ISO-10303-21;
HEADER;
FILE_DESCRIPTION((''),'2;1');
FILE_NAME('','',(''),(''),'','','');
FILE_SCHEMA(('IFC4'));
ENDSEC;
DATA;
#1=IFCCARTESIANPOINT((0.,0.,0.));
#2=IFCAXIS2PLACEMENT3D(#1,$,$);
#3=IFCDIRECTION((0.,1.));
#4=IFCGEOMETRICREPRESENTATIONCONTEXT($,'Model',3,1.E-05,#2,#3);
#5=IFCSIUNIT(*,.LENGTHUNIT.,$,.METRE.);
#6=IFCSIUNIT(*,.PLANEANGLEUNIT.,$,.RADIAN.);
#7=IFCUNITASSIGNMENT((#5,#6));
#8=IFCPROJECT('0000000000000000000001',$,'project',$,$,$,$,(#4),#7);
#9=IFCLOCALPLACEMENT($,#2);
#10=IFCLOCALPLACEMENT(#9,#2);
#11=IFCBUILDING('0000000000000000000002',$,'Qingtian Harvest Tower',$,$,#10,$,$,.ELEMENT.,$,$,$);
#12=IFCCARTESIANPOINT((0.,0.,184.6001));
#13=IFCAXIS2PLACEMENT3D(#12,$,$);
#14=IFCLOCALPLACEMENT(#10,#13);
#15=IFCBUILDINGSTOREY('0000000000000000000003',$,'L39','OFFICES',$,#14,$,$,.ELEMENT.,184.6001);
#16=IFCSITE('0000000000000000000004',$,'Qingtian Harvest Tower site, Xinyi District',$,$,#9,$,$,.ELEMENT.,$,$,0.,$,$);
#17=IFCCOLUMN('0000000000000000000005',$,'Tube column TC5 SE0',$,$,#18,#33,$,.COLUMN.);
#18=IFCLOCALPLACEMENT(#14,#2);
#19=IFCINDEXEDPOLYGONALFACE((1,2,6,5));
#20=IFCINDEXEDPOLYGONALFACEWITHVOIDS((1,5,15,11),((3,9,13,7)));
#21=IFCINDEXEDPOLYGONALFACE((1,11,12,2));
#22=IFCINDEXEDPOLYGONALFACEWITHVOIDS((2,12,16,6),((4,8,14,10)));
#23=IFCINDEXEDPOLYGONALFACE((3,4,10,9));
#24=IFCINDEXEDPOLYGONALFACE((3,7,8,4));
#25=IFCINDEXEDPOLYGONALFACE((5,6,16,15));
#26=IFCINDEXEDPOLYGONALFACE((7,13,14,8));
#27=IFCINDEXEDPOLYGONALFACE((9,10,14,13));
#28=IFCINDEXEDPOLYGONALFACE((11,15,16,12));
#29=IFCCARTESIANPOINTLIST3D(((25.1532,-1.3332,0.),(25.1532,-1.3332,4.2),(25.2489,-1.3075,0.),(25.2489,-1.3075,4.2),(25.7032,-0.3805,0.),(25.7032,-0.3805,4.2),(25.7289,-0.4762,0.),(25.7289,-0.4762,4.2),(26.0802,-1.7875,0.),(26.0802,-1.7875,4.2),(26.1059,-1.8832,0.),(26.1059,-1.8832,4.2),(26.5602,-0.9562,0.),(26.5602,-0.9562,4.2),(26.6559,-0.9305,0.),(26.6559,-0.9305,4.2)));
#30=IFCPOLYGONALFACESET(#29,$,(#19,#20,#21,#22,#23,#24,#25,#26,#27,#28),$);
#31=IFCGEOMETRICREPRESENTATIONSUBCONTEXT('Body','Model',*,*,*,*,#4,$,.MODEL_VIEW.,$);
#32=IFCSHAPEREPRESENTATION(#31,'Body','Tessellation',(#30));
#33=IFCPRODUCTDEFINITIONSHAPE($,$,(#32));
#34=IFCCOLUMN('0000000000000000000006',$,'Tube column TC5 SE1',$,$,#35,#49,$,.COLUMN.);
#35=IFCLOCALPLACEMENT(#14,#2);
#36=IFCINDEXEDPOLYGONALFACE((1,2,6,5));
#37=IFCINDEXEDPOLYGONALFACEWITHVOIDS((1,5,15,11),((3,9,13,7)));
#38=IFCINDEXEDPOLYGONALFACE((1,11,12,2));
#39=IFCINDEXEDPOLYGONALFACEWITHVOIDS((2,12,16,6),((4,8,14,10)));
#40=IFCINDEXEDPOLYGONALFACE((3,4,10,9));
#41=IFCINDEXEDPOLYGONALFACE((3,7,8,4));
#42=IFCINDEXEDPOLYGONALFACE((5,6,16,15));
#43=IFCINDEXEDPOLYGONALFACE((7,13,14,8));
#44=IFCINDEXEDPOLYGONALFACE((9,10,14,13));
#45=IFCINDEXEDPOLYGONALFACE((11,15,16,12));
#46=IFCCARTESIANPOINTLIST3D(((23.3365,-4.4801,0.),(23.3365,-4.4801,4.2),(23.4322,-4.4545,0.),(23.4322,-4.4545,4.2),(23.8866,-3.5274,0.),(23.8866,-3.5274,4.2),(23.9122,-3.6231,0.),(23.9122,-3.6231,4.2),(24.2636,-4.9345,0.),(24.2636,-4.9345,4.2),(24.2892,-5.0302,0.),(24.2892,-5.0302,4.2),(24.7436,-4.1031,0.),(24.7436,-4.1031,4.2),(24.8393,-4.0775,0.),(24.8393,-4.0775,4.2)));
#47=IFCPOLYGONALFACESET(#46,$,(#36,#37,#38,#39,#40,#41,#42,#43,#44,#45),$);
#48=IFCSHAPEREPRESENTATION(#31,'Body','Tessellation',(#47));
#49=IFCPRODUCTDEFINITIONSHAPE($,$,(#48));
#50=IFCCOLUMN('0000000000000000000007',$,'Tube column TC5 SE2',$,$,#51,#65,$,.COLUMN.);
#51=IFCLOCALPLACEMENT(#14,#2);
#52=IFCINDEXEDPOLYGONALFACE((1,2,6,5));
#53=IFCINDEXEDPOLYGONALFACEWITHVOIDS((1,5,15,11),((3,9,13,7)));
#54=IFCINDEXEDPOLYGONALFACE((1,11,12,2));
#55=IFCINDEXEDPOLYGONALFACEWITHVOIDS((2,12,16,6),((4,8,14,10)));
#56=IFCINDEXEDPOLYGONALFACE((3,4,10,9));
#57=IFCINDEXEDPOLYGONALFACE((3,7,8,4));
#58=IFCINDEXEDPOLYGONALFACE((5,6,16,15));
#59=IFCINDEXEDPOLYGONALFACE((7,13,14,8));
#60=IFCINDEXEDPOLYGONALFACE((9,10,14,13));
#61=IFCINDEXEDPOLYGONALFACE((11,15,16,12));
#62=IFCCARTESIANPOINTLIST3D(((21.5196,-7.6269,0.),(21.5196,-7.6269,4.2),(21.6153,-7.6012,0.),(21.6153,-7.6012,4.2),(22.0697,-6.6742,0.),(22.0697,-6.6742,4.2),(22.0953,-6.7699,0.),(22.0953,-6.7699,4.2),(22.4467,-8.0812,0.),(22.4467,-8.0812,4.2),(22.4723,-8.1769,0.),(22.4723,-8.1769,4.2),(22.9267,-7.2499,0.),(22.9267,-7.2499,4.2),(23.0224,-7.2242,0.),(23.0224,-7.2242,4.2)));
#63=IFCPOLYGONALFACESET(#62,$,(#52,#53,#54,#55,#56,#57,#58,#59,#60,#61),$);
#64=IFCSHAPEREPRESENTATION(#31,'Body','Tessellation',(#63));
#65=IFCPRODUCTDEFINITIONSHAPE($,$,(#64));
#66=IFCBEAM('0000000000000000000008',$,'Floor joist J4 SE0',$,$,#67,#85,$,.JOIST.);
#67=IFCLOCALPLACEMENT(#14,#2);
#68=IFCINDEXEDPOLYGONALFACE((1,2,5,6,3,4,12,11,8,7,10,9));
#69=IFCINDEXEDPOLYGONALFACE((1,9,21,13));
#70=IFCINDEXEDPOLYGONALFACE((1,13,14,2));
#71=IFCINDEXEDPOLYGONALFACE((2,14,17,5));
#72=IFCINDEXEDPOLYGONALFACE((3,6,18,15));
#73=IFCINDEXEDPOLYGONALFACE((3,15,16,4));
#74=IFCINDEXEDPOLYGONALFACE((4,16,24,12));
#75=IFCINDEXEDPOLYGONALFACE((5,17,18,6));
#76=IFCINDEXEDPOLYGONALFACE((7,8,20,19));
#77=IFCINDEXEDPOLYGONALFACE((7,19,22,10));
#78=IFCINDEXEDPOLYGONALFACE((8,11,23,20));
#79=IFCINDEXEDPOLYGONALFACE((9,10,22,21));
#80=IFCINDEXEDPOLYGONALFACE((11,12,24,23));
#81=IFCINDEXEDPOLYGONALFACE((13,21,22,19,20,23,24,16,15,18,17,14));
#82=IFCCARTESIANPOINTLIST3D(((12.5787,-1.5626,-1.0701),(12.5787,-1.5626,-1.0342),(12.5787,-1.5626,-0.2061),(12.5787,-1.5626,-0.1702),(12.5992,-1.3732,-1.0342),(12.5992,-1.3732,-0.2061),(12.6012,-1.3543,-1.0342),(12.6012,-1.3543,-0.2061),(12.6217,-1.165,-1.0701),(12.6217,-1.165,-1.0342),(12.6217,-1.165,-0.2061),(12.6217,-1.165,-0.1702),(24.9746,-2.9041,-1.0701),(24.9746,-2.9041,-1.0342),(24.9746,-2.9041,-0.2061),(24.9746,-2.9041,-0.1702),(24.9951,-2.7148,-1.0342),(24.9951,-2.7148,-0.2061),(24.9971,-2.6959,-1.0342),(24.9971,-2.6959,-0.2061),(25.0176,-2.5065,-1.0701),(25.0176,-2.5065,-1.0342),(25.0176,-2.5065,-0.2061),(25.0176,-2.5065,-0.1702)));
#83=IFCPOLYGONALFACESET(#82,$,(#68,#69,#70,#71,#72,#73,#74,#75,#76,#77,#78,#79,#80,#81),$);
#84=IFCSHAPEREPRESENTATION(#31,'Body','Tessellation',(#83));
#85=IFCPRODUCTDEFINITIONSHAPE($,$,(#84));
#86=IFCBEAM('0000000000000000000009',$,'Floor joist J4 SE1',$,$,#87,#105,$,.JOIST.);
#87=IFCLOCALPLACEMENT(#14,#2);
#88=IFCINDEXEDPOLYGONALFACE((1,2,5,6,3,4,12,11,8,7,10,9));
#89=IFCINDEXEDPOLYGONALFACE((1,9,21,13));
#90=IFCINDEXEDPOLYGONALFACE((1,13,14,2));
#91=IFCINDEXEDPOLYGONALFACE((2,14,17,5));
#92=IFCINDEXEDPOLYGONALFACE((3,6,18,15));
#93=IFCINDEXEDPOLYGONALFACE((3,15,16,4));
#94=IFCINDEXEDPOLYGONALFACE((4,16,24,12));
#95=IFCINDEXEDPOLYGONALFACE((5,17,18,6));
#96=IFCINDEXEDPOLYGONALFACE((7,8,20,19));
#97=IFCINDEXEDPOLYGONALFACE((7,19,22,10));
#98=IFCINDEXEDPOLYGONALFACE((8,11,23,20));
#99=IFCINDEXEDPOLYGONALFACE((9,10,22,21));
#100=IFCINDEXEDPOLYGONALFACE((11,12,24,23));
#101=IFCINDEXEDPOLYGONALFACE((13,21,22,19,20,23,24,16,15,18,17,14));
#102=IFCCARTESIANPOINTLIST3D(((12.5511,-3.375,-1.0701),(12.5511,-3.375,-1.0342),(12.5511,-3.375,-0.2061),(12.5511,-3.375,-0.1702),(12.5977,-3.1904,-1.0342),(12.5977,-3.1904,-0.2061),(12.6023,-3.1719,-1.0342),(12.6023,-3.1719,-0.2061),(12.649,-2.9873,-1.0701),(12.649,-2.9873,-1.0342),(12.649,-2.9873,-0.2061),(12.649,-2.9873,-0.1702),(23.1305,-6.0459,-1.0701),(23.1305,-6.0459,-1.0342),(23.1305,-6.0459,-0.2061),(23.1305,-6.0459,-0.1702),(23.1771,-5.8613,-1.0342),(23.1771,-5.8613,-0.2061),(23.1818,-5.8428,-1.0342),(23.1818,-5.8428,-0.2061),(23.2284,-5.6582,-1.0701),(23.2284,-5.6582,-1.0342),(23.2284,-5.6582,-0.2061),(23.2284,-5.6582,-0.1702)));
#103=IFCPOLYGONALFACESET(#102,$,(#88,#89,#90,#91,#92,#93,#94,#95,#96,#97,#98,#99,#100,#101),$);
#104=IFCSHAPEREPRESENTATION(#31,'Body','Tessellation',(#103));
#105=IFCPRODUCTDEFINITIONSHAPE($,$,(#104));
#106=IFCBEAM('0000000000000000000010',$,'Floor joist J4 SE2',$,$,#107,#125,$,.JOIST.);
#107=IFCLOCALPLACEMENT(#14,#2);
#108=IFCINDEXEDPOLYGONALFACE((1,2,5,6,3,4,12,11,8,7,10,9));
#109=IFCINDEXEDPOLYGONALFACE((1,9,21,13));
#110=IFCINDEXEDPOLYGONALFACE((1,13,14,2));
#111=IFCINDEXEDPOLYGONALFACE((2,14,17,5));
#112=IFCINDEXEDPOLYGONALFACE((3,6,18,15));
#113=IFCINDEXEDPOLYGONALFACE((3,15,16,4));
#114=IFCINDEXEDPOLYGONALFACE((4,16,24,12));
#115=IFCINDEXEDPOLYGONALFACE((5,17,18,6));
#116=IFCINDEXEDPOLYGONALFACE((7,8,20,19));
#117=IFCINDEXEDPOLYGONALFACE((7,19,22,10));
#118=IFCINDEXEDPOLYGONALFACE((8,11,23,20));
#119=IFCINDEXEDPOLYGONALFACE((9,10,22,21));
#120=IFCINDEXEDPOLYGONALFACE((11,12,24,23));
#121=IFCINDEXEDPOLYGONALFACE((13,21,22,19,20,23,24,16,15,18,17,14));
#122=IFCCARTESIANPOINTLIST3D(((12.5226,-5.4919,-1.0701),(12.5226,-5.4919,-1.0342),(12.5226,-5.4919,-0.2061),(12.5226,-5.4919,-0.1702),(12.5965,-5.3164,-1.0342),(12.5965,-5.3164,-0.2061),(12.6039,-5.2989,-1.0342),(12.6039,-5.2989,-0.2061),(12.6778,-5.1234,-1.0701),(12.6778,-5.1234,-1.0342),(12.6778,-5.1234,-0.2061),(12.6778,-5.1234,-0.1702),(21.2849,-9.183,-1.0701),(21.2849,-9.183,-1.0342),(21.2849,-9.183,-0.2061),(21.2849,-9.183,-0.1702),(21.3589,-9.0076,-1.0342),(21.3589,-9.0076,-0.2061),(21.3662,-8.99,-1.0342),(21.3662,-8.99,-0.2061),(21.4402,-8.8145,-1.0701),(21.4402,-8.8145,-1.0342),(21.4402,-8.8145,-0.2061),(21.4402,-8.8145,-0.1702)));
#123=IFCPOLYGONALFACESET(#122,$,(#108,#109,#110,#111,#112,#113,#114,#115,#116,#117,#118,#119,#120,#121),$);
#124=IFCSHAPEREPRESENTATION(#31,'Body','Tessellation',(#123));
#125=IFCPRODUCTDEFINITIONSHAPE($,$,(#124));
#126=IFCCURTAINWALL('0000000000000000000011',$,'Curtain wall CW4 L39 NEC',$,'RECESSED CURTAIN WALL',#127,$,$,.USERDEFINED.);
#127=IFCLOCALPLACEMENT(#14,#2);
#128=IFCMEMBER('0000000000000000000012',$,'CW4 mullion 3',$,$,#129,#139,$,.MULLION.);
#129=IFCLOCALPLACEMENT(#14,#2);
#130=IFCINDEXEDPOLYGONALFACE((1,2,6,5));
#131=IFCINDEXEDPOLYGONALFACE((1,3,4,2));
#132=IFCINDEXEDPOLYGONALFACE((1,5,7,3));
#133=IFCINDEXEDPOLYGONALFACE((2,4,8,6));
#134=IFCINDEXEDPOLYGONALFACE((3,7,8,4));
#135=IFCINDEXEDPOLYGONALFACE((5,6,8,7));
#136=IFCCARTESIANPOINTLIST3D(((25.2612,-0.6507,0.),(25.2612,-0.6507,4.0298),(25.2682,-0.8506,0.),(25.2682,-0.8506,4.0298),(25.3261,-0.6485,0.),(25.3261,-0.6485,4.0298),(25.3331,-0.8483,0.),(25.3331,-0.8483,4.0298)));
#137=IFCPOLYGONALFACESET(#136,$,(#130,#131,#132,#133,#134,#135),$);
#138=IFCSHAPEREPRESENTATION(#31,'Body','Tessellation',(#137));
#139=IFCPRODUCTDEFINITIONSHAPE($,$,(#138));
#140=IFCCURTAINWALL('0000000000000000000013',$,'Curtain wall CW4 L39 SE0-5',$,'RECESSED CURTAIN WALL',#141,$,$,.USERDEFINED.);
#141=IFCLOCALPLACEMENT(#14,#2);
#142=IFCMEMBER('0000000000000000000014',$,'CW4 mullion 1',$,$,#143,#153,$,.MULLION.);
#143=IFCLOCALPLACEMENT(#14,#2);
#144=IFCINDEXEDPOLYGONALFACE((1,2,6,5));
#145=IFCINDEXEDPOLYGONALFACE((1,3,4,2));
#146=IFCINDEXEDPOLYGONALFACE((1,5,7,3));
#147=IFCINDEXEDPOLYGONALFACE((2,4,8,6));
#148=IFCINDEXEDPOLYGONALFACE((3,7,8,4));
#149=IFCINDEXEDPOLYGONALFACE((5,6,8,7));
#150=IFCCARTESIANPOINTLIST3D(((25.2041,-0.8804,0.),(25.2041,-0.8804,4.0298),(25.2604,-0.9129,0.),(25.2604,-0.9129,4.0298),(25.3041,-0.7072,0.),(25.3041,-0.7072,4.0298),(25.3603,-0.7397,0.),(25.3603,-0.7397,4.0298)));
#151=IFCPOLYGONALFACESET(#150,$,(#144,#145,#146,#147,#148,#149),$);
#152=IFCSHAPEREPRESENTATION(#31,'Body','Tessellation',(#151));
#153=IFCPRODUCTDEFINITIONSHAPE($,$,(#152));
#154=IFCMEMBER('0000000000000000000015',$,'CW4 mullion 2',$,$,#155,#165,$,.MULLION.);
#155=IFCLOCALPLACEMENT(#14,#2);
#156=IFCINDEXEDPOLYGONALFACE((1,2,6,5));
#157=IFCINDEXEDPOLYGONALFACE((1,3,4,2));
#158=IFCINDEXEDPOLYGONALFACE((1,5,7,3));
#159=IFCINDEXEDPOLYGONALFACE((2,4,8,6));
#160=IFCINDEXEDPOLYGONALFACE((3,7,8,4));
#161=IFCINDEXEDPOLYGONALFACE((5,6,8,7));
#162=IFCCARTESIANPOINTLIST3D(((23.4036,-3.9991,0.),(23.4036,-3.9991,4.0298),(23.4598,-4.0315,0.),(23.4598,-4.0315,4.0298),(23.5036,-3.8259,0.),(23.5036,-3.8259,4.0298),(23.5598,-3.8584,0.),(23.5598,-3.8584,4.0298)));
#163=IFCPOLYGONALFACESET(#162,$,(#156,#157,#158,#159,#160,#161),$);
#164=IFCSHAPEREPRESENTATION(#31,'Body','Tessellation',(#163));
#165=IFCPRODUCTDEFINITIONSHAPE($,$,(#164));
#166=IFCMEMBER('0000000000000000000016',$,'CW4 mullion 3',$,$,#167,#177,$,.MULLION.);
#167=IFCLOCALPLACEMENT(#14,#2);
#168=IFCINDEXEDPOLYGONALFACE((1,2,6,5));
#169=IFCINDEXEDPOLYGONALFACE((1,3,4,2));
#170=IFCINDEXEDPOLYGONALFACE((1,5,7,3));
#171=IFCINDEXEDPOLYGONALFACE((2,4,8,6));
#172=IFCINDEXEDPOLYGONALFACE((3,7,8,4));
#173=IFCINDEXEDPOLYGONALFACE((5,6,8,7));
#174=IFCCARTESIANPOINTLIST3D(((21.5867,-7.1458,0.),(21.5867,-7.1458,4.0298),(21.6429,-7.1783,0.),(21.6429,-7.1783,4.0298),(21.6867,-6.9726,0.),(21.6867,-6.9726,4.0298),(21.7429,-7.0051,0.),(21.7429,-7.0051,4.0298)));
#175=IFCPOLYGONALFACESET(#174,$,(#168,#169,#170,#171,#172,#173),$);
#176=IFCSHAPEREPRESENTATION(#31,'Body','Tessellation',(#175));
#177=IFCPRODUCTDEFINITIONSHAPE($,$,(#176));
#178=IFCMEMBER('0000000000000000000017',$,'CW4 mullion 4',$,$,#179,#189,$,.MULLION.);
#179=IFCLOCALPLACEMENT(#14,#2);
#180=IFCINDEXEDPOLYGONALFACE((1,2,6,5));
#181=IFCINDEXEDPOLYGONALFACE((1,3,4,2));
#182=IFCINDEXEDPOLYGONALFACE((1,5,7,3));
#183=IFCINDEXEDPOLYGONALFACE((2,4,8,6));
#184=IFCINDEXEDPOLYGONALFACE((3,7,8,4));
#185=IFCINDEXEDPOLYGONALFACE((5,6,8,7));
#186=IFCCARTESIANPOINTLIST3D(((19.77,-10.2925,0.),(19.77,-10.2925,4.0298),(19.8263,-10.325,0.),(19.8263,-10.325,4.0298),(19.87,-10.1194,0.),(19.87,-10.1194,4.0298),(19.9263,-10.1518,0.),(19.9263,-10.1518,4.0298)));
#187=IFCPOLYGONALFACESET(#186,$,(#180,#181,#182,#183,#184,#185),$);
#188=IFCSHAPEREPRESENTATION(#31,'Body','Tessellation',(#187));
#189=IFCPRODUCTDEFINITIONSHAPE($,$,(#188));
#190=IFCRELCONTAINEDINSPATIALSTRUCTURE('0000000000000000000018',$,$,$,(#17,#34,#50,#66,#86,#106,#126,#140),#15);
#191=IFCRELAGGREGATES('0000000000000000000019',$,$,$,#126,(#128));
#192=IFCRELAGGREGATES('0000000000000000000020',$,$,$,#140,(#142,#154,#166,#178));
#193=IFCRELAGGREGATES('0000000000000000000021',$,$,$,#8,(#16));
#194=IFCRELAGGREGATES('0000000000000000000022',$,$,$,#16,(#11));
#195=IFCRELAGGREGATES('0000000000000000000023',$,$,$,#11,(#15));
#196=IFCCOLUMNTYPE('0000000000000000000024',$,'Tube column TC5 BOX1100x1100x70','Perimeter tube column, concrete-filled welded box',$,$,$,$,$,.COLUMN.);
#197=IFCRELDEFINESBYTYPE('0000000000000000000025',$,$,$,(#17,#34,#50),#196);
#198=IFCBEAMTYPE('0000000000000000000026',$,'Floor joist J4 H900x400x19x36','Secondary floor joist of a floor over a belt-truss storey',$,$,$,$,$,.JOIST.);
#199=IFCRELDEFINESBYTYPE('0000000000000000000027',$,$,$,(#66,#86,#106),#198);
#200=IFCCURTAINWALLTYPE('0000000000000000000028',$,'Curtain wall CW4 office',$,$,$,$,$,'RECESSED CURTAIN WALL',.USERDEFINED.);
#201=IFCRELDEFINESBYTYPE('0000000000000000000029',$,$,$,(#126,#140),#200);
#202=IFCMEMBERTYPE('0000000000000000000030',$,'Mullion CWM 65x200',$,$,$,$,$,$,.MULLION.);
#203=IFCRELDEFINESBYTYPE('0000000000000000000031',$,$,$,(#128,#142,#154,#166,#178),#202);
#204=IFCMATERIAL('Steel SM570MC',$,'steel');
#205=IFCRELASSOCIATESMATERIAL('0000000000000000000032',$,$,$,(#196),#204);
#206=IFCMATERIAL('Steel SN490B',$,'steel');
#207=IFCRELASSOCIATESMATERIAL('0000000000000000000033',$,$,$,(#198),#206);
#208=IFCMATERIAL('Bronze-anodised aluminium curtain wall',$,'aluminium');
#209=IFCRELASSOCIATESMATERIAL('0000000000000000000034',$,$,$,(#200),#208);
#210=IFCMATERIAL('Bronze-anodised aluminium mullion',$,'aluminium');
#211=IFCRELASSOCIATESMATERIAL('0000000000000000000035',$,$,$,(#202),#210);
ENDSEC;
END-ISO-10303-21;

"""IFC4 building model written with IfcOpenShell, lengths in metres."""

from ifc_helpers import new_model, si_unit, direction, frame, origin, origin_2d, place, context, subcontext, project, spatial, rectangle, hollow_rectangle, i_section, extrude, material, material_profile, profile_set, type_object, element, aggregate, save


model = new_model("IFC4")

# Units and contexts
model_context = context("Model", 3, precision=1e-05, world=origin(), true_north=direction((0.0, 1.0)))
body_context = subcontext(model_context, "Body", "Model", "MODEL_VIEW")
ifc_project = project(units=[si_unit("LENGTHUNIT", "METRE"), si_unit("PLANEANGLEUNIT", "RADIAN")], contexts=[model_context])

# Site, building, storey
site_placement = place(None, origin())
site = spatial("IfcSite", under=ifc_project, at=site_placement, Name="Qingtian Harvest Tower site, Xinyi District", CompositionType="ELEMENT", RefElevation=0.0)
building_placement = place(site_placement, origin())
building = spatial("IfcBuilding", under=site, at=building_placement, Name="Qingtian Harvest Tower", CompositionType="ELEMENT")
storey_placement = place(building_placement, frame((0.0, 0.0, 184.6001)))
storey = spatial("IfcBuildingStorey", under=building, at=storey_placement, Name="L39", Description="OFFICES", CompositionType="ELEMENT", Elevation=184.6001)

# Columns
ifc_material_1 = material(Name="Steel SM570MC", Category="steel")
ifc_material_profile_1 = material_profile(ifc_material_1, hollow_rectangle(XDim=1.1001, YDim=1.1001, WallThickness=0.0701, at=origin_2d()), Name="BOX1100x1100x70")
ifc_profile_set_1 = profile_set([ifc_material_profile_1], Name="Steel SM570MC")
column_type = type_object("IfcColumnType", Name="Tube column TC5 BOX1100x1100x70", Description="Perimeter tube column, concrete-filled welded box", PredefinedType="COLUMN", material=ifc_profile_set_1)
for number, where, z_axis, x_axis, name in (
    (1, (25.9045, -1.1318, 0.0), (0.0, 0.0, 1.0), (0.5, 0.866025, 0.0), "Tube column TC5 SE0"),
    (2, (24.0879, -4.2788, 0.0), (0.0, 0.0, 1.0), (0.5, 0.866025, 0.0), "Tube column TC5 SE1"),
    (3, (22.271, -7.4255, 0.0), (0.0, 0.0, 1.0), (0.5, 0.866025, 0.0), "Tube column TC5 SE2"),
):
    element("IfcColumn", number, at=place(storey_placement, frame(where, z_axis=z_axis, x_axis=x_axis)), inside=storey, type_object=column_type, Name=name, PredefinedType="COLUMN", context=body_context, shape_type="SweptSolid", body=[
        extrude(hollow_rectangle(XDim=1.1001, YDim=1.1001, WallThickness=0.0701, at=origin_2d()), origin(), (0.0, 0.0, 1.0), 4.2),
    ])

# Beams
ifc_material_2 = material(Name="Steel SN490B", Category="steel")
ifc_material_profile_2 = material_profile(ifc_material_2, i_section(OverallWidth=0.3999, OverallDepth=0.8999, WebThickness=0.019, FlangeThickness=0.0359, at=origin_2d()), Name="H900x400x19x36")
ifc_profile_set_2 = profile_set([ifc_material_profile_2], Name="Steel SN490B")
beam_type_1 = type_object("IfcBeamType", Name="Floor joist J4 H900x400x19x36", Description="Secondary floor joist of a floor over a belt-truss storey", PredefinedType="JOIST", material=ifc_profile_set_2)
beam_1_placement = place(storey_placement, frame((24.9961, -2.7053, -0.6201), z_axis=(-0.994195, 0.107596, 0.0), x_axis=(-0.107596, -0.994195, 0.0)))
element("IfcBeam", 4, at=beam_1_placement, inside=storey, type_object=beam_type_1, Name="Floor joist J4 SE0", PredefinedType="JOIST", context=body_context, shape_type="SweptSolid", body=[
    extrude(i_section(OverallWidth=0.3999, OverallDepth=0.8999, WebThickness=0.019, FlangeThickness=0.0359, at=origin_2d()), origin(), (0.0, 0.0, 1.0), 12.4683),
])
beam_2_placement = place(storey_placement, frame((23.1794, -5.8521, -0.6201), z_axis=(-0.969578, 0.244783, 0.0), x_axis=(-0.244783, -0.969578, 0.0)))
element("IfcBeam", 5, at=beam_2_placement, inside=storey, type_object=beam_type_1, Name="Floor joist J4 SE1", PredefinedType="JOIST", context=body_context, shape_type="SweptSolid", body=[
    extrude(i_section(OverallWidth=0.3999, OverallDepth=0.8999, WebThickness=0.019, FlangeThickness=0.0359, at=origin_2d()), origin(), (0.0, 0.0, 1.0), 10.9114),
])
beam_3_placement = place(storey_placement, frame((21.3625, -8.9988, -0.6201), z_axis=(-0.921571, 0.38821, 0.0), x_axis=(-0.38821, -0.921571, 0.0)))
element("IfcBeam", 6, at=beam_3_placement, inside=storey, type_object=beam_type_1, Name="Floor joist J4 SE2", PredefinedType="JOIST", context=body_context, shape_type="SweptSolid", body=[
    extrude(i_section(OverallWidth=0.3999, OverallDepth=0.8999, WebThickness=0.019, FlangeThickness=0.0359, at=origin_2d()), origin(), (0.0, 0.0, 1.0), 9.5081),
])

# Curtain wall, member
ifc_material_3 = material(Name="Bronze-anodised aluminium curtain wall", Category="aluminium")
curtain_wall_type = type_object("IfcCurtainWallType", Name="Curtain wall CW4 office", ElementType="RECESSED CURTAIN WALL", PredefinedType="USERDEFINED", material=ifc_material_3)
curtain_wall_1_placement = place(storey_placement, origin())
curtain_wall_1 = element("IfcCurtainWall", 7, at=curtain_wall_1_placement, inside=storey, type_object=curtain_wall_type, Name="Curtain wall CW4 L39 NEC", ObjectType="RECESSED CURTAIN WALL", PredefinedType="USERDEFINED")
ifc_material_4 = material(Name="Bronze-anodised aluminium mullion", Category="aluminium")
ifc_material_profile_3 = material_profile(ifc_material_4, rectangle(XDim=0.0649, YDim=0.2, at=origin_2d()), Name="AL 65x200")
ifc_profile_set_3 = profile_set([ifc_material_profile_3], Name="Bronze-anodised aluminium mullion")
member_type_1 = type_object("IfcMemberType", Name="Mullion CWM 65x200", PredefinedType="MULLION", material=ifc_profile_set_3)
member_1_placement = place(storey_placement, frame((25.2971, -0.7495, 0.0), z_axis=(0.0, 0.0, 1.0), x_axis=(0.999391, 0.034899, 0.0)))
member_1 = element("IfcMember", 8, at=member_1_placement, type_object=member_type_1, Name="CW4 mullion 3", PredefinedType="MULLION", context=body_context, shape_type="SweptSolid", body=[
    extrude(rectangle(XDim=0.0649, YDim=0.2, at=origin_2d()), origin(), (0.0, 0.0, 1.0), 4.0298),
])
aggregate(curtain_wall_1, [member_1])

# Curtain wall, members
curtain_wall_2_placement = place(storey_placement, origin())
curtain_wall_2 = element("IfcCurtainWall", 9, at=curtain_wall_2_placement, inside=storey, type_object=curtain_wall_type, Name="Curtain wall CW4 L39 SE0-5", ObjectType="RECESSED CURTAIN WALL", PredefinedType="USERDEFINED")
member_2_placement = place(storey_placement, frame((25.2822, -0.8101, 0.0), z_axis=(0.0, 0.0, 1.0), x_axis=(0.866025, -0.5, 0.0)))
member_2 = element("IfcMember", 10, at=member_2_placement, type_object=member_type_1, Name="CW4 mullion 1", PredefinedType="MULLION", context=body_context, shape_type="SweptSolid", body=[
    extrude(rectangle(XDim=0.0649, YDim=0.2, at=origin_2d()), origin(), (0.0, 0.0, 1.0), 4.0298),
])
member_3_placement = place(storey_placement, frame((23.4817, -3.9287, 0.0), z_axis=(0.0, 0.0, 1.0), x_axis=(0.866025, -0.5, 0.0)))
member_3 = element("IfcMember", 11, at=member_3_placement, type_object=member_type_1, Name="CW4 mullion 2", PredefinedType="MULLION", context=body_context, shape_type="SweptSolid", body=[
    extrude(rectangle(XDim=0.0649, YDim=0.2, at=origin_2d()), origin(), (0.0, 0.0, 1.0), 4.0298),
])
member_4_placement = place(storey_placement, frame((21.6648, -7.0754, 0.0), z_axis=(0.0, 0.0, 1.0), x_axis=(0.866025, -0.5, 0.0)))
member_4 = element("IfcMember", 12, at=member_4_placement, type_object=member_type_1, Name="CW4 mullion 3", PredefinedType="MULLION", context=body_context, shape_type="SweptSolid", body=[
    extrude(rectangle(XDim=0.0649, YDim=0.2, at=origin_2d()), origin(), (0.0, 0.0, 1.0), 4.0298),
])
member_5_placement = place(storey_placement, frame((19.8481, -10.2222, 0.0), z_axis=(0.0, 0.0, 1.0), x_axis=(0.866025, -0.5, 0.0)))
member_5 = element("IfcMember", 13, at=member_5_placement, type_object=member_type_1, Name="CW4 mullion 4", PredefinedType="MULLION", context=body_context, shape_type="SweptSolid", body=[
    extrude(rectangle(XDim=0.0649, YDim=0.2, at=origin_2d()), origin(), (0.0, 0.0, 1.0), 4.0298),
])

aggregate(curtain_wall_2, [member_2, member_3, member_4, member_5])

save(model, "model.ifc")
